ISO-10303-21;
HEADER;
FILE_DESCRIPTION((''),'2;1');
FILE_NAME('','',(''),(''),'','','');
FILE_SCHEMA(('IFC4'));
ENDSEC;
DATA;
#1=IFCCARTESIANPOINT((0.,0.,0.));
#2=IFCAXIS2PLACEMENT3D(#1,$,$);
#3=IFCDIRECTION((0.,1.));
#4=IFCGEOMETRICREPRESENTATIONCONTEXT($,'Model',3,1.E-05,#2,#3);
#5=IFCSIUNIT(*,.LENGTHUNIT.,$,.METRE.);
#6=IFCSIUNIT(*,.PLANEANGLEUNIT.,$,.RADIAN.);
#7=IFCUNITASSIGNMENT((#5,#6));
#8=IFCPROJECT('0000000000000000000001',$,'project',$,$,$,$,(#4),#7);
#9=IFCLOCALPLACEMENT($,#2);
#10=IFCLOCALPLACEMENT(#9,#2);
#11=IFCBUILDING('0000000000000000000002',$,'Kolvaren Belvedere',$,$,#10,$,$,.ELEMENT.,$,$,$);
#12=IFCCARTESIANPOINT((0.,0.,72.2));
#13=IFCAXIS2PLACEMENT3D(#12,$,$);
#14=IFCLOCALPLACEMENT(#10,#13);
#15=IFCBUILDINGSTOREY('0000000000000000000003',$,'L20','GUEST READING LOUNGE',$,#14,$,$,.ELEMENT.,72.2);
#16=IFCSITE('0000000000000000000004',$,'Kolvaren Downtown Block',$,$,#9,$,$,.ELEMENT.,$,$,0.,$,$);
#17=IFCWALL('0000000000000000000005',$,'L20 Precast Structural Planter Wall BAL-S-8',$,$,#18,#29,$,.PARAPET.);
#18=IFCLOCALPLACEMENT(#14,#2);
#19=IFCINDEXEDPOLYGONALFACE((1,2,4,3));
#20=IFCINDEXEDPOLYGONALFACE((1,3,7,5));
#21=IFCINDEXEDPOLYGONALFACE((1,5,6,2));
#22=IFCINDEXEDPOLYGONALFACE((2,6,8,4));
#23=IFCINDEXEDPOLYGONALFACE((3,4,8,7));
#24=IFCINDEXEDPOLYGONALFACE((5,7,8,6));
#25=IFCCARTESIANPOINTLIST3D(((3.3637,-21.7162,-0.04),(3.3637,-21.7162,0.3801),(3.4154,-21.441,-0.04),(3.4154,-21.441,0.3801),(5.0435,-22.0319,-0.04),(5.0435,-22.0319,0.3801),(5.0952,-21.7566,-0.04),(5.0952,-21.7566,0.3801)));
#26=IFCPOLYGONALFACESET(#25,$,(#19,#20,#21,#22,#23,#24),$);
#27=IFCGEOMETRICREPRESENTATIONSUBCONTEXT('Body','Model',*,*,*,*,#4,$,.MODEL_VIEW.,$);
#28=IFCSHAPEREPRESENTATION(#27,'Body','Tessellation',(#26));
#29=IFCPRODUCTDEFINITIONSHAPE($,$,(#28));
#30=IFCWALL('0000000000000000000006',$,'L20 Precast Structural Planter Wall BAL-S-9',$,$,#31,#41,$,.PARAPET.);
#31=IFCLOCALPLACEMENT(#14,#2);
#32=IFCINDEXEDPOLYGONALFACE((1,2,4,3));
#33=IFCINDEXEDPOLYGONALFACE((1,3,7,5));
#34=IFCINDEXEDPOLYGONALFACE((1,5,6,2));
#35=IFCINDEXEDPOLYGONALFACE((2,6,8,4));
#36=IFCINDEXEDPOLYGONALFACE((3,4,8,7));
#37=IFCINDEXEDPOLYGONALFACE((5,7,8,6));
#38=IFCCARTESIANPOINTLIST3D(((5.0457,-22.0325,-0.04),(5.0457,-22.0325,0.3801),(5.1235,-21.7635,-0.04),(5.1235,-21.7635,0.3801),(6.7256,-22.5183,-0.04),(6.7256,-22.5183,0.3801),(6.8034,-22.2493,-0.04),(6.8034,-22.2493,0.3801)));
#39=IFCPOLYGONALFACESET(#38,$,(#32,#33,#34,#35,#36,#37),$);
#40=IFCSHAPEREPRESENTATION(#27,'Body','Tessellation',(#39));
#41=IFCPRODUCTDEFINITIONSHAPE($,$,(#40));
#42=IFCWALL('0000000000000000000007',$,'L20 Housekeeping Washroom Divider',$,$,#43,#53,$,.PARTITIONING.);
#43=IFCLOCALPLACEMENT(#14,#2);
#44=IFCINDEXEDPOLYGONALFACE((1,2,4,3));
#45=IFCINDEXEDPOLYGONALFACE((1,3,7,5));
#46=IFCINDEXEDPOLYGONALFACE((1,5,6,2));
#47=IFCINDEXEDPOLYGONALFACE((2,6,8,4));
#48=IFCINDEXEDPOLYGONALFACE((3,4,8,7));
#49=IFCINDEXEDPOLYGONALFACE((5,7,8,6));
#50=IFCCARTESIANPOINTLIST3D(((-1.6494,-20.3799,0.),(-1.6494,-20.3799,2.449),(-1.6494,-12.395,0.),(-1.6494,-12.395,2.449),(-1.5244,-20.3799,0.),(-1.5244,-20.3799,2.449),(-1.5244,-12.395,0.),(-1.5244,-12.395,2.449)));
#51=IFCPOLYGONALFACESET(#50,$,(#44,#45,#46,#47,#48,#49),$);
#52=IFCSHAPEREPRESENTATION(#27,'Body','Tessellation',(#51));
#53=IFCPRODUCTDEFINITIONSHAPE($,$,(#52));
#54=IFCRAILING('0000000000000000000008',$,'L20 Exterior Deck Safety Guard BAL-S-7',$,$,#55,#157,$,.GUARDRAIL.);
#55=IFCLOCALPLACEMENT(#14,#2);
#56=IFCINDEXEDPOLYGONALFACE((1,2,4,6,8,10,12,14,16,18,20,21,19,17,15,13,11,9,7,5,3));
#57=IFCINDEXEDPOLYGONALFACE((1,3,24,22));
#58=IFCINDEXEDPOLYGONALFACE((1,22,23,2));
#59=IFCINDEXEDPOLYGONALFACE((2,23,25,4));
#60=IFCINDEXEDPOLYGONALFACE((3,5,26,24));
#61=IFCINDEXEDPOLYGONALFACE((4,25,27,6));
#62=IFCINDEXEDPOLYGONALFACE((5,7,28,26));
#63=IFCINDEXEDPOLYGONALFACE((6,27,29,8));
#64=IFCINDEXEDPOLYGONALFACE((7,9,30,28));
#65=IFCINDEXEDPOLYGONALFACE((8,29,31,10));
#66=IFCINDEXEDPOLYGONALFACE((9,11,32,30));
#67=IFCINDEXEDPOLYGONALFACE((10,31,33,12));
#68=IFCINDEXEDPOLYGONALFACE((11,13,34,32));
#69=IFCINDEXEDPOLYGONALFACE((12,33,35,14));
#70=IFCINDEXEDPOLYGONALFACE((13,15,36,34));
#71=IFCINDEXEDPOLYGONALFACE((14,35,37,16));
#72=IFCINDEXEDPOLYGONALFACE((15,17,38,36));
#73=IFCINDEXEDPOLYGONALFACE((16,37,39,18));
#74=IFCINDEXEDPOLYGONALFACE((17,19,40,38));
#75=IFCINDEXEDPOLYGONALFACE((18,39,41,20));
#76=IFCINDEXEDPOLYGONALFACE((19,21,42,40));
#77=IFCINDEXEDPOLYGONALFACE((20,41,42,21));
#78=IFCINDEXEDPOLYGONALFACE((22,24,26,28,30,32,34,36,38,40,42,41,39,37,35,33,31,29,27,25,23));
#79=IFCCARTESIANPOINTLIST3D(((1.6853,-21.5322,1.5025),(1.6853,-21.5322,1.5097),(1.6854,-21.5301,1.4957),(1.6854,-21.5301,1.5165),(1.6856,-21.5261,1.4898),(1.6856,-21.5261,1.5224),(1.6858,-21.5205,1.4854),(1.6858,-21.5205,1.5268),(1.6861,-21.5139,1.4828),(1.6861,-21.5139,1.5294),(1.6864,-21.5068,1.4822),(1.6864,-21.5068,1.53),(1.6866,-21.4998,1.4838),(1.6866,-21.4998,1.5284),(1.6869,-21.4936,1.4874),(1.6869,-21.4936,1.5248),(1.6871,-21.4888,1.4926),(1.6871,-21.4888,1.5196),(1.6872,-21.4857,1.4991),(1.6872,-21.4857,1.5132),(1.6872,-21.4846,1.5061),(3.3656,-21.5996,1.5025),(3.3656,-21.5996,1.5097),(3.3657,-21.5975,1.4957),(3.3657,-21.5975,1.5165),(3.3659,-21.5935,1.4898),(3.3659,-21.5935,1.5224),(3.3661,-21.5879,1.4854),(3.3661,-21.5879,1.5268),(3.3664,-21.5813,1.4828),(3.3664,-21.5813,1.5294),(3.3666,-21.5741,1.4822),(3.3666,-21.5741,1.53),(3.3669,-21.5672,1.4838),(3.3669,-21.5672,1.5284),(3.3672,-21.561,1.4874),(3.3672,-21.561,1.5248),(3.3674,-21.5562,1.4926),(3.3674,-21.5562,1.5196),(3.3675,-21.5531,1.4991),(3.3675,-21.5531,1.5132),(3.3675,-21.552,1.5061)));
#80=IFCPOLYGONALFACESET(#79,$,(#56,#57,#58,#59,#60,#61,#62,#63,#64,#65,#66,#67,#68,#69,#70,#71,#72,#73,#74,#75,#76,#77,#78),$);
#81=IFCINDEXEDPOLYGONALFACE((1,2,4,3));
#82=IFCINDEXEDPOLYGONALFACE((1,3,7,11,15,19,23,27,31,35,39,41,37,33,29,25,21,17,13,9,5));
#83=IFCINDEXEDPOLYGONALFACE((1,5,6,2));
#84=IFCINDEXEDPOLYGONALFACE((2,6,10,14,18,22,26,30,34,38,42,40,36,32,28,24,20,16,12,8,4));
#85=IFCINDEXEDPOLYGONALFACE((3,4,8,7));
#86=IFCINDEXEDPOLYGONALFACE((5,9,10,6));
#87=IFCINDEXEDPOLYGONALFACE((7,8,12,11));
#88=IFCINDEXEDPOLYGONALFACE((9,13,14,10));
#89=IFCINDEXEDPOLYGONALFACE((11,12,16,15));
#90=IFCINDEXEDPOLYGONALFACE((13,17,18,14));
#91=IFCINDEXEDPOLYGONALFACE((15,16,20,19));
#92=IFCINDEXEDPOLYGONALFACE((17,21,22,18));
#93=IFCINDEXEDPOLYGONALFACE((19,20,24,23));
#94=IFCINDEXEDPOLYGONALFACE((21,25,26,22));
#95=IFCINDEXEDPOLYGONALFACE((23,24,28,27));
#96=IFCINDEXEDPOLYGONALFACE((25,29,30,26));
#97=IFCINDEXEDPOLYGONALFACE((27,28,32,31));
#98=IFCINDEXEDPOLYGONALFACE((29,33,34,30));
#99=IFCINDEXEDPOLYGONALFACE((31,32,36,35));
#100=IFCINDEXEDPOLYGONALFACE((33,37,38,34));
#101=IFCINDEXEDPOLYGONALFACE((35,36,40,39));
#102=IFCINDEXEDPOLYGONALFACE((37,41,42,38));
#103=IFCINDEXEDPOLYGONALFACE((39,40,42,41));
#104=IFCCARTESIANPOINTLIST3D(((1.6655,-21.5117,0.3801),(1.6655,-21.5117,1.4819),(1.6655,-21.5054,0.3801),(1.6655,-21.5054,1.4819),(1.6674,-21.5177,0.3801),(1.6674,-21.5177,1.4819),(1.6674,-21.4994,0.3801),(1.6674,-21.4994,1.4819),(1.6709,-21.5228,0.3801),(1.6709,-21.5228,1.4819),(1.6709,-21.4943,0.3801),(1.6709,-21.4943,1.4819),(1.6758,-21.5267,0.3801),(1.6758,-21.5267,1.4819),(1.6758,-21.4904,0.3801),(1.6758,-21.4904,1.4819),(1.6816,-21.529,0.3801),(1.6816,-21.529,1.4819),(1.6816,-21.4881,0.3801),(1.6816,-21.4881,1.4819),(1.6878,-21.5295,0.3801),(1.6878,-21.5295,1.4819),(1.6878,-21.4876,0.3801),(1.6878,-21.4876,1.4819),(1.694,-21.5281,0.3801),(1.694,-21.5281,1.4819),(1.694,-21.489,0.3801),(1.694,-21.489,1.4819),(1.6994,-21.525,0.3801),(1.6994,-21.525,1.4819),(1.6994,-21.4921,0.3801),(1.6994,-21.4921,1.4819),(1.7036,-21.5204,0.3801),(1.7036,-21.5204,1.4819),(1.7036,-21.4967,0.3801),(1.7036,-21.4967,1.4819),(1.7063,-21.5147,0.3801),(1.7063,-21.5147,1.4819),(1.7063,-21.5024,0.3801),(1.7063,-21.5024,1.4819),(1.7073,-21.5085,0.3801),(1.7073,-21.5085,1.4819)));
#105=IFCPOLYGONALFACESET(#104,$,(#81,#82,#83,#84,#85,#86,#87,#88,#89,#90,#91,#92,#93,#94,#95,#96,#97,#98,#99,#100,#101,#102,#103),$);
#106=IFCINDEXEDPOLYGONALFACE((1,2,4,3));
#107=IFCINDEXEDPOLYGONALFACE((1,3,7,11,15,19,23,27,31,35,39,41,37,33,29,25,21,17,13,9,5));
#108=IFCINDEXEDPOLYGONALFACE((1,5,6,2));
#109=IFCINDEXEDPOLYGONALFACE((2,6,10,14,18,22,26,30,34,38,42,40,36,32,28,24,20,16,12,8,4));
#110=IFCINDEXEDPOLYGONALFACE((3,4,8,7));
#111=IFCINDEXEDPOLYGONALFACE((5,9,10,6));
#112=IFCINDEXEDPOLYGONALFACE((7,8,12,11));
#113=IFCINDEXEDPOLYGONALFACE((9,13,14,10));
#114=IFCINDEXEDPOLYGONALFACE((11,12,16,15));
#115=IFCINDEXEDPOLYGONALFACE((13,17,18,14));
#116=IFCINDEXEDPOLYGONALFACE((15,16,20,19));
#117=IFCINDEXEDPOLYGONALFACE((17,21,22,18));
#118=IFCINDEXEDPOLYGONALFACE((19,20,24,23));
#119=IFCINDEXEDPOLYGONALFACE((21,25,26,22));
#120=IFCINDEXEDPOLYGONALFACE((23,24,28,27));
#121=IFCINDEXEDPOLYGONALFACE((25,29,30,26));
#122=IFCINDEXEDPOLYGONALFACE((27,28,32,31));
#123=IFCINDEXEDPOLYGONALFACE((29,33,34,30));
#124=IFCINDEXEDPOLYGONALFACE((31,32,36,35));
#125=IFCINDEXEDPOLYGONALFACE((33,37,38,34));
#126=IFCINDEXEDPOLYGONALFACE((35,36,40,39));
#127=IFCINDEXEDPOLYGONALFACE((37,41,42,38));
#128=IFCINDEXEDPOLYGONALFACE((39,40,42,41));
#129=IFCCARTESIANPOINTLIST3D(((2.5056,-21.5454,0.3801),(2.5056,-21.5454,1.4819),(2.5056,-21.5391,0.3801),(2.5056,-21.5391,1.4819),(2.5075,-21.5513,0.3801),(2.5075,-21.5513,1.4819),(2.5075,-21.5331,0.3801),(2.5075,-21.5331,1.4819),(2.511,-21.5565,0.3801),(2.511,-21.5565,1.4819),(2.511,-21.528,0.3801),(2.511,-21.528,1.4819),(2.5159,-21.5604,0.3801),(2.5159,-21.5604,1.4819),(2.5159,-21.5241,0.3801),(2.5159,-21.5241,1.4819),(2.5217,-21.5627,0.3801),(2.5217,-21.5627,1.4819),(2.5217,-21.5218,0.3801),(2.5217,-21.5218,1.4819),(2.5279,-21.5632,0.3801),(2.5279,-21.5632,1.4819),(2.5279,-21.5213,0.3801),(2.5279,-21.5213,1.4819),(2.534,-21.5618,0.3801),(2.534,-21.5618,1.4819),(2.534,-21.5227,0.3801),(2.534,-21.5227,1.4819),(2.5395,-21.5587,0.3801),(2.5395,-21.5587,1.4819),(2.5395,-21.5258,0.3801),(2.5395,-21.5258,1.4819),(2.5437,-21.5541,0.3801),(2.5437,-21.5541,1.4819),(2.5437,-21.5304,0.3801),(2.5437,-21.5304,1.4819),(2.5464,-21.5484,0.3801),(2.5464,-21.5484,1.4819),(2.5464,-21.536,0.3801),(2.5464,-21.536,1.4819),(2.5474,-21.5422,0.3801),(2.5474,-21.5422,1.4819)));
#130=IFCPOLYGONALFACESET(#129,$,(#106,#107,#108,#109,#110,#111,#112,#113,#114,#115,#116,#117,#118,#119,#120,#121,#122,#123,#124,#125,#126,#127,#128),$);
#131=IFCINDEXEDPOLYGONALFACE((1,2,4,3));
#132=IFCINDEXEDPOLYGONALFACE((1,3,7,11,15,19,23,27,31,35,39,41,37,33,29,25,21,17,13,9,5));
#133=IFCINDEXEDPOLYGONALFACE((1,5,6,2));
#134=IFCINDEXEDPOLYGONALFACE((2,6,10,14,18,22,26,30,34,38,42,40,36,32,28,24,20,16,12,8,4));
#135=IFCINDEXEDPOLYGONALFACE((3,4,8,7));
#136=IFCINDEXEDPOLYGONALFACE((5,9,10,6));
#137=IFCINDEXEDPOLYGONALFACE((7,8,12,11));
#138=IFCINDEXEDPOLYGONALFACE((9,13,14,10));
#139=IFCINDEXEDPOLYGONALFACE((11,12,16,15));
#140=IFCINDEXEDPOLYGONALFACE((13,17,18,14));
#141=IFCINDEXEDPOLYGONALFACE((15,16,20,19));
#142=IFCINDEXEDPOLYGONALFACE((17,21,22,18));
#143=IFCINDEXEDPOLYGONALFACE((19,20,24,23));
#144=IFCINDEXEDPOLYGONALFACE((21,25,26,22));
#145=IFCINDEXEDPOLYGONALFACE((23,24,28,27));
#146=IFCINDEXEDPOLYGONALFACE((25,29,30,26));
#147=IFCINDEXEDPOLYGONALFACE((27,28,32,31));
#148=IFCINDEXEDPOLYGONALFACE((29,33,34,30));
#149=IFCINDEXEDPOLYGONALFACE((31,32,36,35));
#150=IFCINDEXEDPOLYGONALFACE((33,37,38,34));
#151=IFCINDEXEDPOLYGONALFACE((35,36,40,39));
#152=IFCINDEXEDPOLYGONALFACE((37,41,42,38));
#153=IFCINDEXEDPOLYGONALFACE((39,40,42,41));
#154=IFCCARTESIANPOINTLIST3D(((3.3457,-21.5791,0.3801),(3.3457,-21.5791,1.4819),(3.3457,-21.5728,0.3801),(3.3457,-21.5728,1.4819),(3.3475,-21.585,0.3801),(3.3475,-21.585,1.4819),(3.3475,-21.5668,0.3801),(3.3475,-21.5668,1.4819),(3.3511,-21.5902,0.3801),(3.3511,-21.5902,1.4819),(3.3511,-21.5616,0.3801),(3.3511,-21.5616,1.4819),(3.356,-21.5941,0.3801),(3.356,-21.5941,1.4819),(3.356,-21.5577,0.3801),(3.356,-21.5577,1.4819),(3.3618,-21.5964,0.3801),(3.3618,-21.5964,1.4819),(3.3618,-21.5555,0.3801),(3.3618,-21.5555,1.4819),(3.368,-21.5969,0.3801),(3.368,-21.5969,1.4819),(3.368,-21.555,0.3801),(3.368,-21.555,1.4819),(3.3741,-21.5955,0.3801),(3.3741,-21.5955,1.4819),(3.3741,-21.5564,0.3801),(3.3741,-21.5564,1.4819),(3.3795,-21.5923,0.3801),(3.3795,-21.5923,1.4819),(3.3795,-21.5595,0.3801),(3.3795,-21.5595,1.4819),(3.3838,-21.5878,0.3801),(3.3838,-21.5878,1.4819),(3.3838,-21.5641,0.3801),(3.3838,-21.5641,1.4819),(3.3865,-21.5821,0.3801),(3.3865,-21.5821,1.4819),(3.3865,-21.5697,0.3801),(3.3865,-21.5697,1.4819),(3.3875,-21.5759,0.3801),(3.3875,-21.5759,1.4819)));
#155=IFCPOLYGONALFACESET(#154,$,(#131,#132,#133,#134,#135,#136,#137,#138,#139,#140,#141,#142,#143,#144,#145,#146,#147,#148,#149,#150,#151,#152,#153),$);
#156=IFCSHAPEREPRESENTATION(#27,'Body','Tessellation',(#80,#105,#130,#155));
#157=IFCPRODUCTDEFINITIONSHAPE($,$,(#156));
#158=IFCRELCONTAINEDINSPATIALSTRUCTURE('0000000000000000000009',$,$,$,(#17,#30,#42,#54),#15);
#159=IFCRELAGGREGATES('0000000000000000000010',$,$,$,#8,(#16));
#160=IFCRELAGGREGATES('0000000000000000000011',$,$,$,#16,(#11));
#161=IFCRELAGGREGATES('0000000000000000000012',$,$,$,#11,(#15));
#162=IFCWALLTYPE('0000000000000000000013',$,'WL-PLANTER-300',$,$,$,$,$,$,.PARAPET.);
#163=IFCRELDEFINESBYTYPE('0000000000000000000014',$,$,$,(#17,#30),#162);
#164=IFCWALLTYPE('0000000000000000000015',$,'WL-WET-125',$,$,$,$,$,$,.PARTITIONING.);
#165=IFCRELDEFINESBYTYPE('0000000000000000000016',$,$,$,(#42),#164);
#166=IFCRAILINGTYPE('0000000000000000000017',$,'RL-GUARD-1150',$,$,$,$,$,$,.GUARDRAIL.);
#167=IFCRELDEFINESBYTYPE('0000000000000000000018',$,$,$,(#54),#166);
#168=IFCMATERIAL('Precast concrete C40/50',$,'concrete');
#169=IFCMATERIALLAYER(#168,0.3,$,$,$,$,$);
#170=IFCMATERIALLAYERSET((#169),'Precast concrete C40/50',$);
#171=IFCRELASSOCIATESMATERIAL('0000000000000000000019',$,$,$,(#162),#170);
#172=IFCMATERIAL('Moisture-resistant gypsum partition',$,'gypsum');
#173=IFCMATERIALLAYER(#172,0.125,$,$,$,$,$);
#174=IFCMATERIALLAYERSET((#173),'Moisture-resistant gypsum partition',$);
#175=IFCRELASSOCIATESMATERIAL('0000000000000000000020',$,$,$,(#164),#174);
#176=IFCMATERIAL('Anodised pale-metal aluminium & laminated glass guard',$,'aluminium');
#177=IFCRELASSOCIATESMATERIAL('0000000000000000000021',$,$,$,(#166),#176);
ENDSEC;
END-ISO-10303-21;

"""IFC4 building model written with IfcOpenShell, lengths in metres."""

from ifc_helpers import new_model, si_unit, direction, frame, frame_2d, origin, origin_2d, place, context, subcontext, project, spatial, rectangle, circle, extrude, material, layer, layer_set, type_object, element, save


model = new_model("IFC4")

# Units and contexts
model_context = context("Model", 3, precision=1e-05, world=origin(), true_north=direction((0.0, 1.0)))
body_context = subcontext(model_context, "Body", "Model", "MODEL_VIEW")
ifc_project = project(units=[si_unit("LENGTHUNIT", "METRE"), si_unit("PLANEANGLEUNIT", "RADIAN")], contexts=[model_context])

# Site, building, storey
site_placement = place(None, origin())
site = spatial("IfcSite", under=ifc_project, at=site_placement, Name="Kolvaren Downtown Block", CompositionType="ELEMENT", RefElevation=0.0)
building_placement = place(site_placement, origin())
building = spatial("IfcBuilding", under=site, at=building_placement, Name="Kolvaren Belvedere", CompositionType="ELEMENT")
storey_placement = place(building_placement, frame((0.0, 0.0, 72.2)))
storey = spatial("IfcBuildingStorey", under=building, at=storey_placement, Name="L20", Description="GUEST READING LOUNGE", CompositionType="ELEMENT", Elevation=72.2)

# Walls
ifc_material_1 = material(Name="Precast concrete C40/50", Category="concrete")
ifc_layer_1 = layer(ifc_material_1, 0.3)
ifc_layer_set_1 = layer_set([ifc_layer_1], Name="Precast concrete C40/50")
wall_type_1 = type_object("IfcWallType", Name="WL-PLANTER-300", PredefinedType="PARAPET", material=ifc_layer_set_1)
wall_1_placement = place(storey_placement, frame((3.3896, -21.5786, -0.04), z_axis=(0.0, 0.0, 1.0), x_axis=(0.982799, -0.184677, 0.0)))
element("IfcWall", 1, at=wall_1_placement, inside=storey, type_object=wall_type_1, Name="L20 Precast Structural Planter Wall BAL-S-8", PredefinedType="PARAPET", context=body_context, shape_type="SweptSolid", body=[
    extrude(rectangle(XDim=1.7092, YDim=0.28, at=frame_2d((0.8545, 0.0))), origin(), (0.0, 0.0, 1.0), 0.4202),
])
wall_2_placement = place(storey_placement, frame((5.0845, -21.8979, -0.04), z_axis=(0.0, 0.0, 1.0), x_axis=(0.960634, -0.277817, 0.0)))
element("IfcWall", 2, at=wall_2_placement, inside=storey, type_object=wall_type_1, Name="L20 Precast Structural Planter Wall BAL-S-9", PredefinedType="PARAPET", context=body_context, shape_type="SweptSolid", body=[
    extrude(rectangle(XDim=1.7488, YDim=0.28, at=frame_2d((0.8745, 0.0))), origin(), (0.0, 0.0, 1.0), 0.4202),
])
ifc_material_2 = material(Name="Moisture-resistant gypsum partition", Category="gypsum")
ifc_layer_2 = layer(ifc_material_2, 0.125)
ifc_layer_set_2 = layer_set([ifc_layer_2], Name="Moisture-resistant gypsum partition")
wall_type_2 = type_object("IfcWallType", Name="WL-WET-125", PredefinedType="PARTITIONING", material=ifc_layer_set_2)
wall_3_placement = place(storey_placement, frame((-1.5869, -20.3799, 0.0), z_axis=(0.0, 0.0, 1.0), x_axis=(0.0, 1.0, 0.0)))
element("IfcWall", 3, at=wall_3_placement, inside=storey, type_object=wall_type_2, Name="L20 Housekeeping Washroom Divider", PredefinedType="PARTITIONING", context=body_context, shape_type="SweptSolid", body=[
    extrude(rectangle(XDim=7.9849, YDim=0.125, at=frame_2d((3.9924, 0.0))), origin(), (0.0, 0.0, 1.0), 2.449),
])

# Railing
ifc_material_3 = material(Name="Anodised pale-metal aluminium & laminated glass guard", Category="aluminium")
railing_type = type_object("IfcRailingType", Name="RL-GUARD-1150", PredefinedType="GUARDRAIL", material=ifc_material_3)
railing_1_placement = place(storey_placement, frame((1.6863, -21.5085, 0.3801)))
element("IfcRailing", 4, at=railing_1_placement, inside=storey, type_object=railing_type, Name="L20 Exterior Deck Safety Guard BAL-S-7", PredefinedType="GUARDRAIL", context=body_context, shape_type="SweptSolid", body=[
    extrude(circle(Radius=0.0239, at=origin_2d()), frame((0.0, 0.0, 1.126), z_axis=(0.999197, -0.040072, 0.0), x_axis=(0.040072, 0.999197, 0.0)), (0.0, 0.0, 1.0), 1.6816),
    extrude(circle(Radius=0.021, at=origin_2d()), origin(), (0.0, 0.0, 1.0), 1.1018),
    extrude(circle(Radius=0.021, at=origin_2d()), frame((0.8401, -0.0337, 0.0)), (0.0, 0.0, 1.0), 1.1018),
    extrude(circle(Radius=0.021, at=origin_2d()), frame((1.6802, -0.0674, 0.0)), (0.0, 0.0, 1.0), 1.1018),
])

save(model, "model.ifc")
